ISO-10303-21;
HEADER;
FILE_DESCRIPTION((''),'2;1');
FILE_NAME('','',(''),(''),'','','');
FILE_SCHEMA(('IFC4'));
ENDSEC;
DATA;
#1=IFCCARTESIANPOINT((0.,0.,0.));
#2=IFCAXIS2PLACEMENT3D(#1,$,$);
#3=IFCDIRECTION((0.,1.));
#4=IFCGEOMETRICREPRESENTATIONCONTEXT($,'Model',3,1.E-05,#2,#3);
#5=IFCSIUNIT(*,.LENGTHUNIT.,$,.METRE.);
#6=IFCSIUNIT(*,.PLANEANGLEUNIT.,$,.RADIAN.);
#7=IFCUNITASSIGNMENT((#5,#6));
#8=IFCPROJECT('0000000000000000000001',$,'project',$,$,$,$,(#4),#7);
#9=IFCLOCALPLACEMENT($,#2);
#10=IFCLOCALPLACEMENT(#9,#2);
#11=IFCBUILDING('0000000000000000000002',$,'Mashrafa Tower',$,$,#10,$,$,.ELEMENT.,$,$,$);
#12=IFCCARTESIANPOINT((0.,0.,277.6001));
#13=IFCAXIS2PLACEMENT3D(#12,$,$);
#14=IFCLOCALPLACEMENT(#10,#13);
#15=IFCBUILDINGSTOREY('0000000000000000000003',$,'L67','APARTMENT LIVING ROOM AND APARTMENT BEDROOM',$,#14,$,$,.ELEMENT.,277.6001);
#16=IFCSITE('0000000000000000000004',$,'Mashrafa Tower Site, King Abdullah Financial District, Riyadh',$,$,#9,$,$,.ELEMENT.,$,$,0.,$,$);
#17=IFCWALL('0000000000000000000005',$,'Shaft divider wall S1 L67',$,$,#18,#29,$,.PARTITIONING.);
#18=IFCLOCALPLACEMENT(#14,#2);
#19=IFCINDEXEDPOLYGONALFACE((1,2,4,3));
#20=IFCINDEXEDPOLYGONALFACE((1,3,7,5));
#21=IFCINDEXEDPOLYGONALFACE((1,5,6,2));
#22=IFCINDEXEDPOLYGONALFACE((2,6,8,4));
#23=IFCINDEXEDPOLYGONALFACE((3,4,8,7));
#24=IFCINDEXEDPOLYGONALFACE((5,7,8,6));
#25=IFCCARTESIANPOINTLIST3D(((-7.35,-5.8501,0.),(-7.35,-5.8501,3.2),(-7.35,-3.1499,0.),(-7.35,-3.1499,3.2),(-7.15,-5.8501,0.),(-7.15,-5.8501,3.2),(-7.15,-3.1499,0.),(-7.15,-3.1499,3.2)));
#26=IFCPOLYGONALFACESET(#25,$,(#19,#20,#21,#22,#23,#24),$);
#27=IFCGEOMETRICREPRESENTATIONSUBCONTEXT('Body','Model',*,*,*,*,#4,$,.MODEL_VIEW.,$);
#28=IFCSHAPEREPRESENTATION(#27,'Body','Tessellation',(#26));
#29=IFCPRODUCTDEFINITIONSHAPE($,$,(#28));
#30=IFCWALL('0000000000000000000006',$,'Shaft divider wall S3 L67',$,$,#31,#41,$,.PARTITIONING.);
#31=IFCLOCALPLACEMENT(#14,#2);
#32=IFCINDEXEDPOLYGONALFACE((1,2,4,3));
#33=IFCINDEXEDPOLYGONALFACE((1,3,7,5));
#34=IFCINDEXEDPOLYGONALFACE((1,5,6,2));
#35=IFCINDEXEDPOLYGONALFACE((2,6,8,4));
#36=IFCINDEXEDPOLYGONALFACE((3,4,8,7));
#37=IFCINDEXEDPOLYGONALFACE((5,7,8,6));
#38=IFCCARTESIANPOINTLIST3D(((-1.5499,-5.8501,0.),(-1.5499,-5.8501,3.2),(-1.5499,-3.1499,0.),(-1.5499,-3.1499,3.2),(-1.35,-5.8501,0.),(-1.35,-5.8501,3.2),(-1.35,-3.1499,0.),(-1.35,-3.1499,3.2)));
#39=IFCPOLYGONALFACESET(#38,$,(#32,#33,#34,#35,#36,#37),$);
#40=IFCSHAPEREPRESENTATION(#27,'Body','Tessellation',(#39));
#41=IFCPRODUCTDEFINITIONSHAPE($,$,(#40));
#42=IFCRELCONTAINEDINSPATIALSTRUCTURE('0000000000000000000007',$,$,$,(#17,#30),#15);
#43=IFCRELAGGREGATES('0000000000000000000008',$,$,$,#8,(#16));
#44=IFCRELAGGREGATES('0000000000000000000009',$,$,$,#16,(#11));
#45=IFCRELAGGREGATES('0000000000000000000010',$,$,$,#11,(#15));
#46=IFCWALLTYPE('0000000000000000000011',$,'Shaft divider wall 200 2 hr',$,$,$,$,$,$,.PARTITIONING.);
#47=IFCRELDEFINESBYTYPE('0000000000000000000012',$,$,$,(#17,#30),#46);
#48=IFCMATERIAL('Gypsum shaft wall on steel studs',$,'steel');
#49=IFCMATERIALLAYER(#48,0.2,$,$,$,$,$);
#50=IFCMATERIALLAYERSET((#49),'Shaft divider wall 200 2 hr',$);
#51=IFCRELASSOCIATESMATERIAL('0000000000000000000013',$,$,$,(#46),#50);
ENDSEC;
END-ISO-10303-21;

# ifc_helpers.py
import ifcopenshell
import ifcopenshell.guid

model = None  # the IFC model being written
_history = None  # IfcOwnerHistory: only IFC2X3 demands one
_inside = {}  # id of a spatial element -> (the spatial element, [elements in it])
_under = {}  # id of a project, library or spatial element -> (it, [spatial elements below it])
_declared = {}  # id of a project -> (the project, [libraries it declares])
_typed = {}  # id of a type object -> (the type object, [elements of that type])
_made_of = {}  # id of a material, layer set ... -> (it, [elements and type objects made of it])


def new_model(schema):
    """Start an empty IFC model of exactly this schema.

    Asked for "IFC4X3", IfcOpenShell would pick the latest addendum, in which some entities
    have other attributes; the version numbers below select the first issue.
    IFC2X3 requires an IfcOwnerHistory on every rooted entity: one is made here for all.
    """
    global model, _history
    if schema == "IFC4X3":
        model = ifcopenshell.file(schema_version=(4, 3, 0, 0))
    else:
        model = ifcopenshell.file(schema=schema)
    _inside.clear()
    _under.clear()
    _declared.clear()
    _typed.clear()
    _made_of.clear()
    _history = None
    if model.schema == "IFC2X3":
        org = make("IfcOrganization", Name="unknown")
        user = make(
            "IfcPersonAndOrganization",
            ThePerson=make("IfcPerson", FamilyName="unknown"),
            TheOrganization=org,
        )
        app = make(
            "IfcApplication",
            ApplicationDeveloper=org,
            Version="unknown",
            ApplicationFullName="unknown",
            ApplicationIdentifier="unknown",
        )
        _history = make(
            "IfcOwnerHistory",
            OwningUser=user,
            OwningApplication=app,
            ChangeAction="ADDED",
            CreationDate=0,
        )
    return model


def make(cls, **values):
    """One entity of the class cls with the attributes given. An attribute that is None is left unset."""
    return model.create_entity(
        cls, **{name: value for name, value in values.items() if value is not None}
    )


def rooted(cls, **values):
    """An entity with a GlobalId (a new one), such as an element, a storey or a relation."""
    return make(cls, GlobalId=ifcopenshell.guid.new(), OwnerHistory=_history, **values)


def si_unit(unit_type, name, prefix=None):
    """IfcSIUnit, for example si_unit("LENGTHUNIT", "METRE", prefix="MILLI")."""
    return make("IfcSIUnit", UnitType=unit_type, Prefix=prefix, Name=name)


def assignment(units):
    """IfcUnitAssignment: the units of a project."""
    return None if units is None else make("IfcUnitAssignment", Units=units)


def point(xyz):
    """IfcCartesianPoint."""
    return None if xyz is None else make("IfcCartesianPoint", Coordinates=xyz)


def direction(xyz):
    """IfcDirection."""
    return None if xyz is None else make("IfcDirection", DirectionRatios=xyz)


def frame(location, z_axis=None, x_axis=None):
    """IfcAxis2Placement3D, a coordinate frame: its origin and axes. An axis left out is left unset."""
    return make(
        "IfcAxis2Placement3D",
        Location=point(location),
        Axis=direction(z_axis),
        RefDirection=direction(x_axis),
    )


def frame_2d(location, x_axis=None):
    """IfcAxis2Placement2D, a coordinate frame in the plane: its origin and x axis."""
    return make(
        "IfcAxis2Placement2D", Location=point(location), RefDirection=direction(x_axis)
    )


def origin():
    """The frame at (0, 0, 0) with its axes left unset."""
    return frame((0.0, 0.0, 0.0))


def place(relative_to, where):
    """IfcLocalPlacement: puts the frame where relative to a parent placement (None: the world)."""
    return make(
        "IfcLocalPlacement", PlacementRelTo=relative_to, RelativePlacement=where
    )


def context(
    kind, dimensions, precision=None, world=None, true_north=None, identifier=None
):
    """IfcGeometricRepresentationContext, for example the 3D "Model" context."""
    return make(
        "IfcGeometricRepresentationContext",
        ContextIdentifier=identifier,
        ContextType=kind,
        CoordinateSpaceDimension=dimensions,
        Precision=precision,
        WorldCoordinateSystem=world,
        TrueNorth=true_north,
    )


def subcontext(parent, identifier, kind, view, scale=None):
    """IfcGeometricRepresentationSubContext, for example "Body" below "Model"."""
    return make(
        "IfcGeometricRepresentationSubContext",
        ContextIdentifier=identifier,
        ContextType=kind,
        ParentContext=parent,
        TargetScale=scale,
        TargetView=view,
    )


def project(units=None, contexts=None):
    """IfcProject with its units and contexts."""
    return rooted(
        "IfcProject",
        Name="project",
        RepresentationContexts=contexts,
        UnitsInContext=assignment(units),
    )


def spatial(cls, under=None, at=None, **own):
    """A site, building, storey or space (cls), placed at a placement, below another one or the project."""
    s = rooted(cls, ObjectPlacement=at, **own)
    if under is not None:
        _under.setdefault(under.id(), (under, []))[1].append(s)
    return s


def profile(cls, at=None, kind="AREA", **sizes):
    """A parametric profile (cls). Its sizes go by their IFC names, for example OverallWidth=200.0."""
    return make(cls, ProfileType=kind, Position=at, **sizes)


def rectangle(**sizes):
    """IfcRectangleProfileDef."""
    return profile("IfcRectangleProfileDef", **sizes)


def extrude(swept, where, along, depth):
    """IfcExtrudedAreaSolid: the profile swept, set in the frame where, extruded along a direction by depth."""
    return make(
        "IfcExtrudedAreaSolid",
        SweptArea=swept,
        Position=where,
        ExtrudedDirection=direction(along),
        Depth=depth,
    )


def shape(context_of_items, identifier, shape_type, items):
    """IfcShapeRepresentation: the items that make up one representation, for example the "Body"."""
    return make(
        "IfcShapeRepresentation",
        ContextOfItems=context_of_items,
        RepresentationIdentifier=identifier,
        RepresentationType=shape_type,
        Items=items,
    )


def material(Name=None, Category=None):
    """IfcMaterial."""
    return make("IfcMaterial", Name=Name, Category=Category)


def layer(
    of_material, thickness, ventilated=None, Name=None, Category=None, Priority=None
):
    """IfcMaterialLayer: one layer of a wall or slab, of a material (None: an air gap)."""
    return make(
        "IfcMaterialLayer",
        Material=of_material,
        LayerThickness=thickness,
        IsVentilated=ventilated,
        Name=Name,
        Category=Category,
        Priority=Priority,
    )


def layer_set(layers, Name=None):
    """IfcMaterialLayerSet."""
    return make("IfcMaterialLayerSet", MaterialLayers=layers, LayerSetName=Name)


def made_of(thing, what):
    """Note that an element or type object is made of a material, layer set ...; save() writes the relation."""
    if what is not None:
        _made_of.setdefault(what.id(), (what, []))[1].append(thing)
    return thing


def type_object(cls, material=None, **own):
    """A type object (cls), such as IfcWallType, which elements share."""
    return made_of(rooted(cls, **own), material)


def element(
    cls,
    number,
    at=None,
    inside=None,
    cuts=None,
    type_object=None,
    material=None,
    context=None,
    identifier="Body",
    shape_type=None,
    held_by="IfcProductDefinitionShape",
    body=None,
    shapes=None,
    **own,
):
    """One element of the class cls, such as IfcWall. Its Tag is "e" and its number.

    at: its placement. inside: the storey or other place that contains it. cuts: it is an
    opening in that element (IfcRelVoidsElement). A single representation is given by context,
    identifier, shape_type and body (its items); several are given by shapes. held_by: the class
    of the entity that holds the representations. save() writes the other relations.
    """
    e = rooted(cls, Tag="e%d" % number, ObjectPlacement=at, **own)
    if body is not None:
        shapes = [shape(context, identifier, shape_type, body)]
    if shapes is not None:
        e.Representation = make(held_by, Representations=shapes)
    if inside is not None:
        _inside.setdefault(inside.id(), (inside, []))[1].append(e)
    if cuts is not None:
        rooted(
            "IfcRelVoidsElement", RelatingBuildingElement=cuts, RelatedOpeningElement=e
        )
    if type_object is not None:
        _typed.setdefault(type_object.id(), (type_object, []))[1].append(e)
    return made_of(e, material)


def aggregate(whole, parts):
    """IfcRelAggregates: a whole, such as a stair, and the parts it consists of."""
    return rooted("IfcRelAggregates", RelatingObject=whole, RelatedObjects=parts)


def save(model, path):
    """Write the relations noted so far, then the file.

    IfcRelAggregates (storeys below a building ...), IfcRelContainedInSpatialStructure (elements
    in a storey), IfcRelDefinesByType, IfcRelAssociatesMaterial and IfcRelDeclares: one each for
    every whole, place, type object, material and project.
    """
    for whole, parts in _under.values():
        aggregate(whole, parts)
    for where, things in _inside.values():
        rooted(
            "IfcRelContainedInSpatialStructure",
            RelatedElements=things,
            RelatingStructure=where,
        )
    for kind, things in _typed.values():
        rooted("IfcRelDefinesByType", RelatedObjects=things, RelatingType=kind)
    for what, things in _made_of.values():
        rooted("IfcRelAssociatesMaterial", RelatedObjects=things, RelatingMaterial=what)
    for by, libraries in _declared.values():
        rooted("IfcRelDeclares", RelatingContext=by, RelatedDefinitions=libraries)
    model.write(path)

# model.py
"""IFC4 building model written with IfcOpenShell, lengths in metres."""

from ifc_helpers import new_model, si_unit, direction, frame, frame_2d, origin, place, context, subcontext, project, spatial, rectangle, extrude, material, layer, layer_set, type_object, element, save


model = new_model("IFC4")

# Units and contexts
model_context = context("Model", 3, precision=1e-05, world=origin(), true_north=direction((0.0, 1.0)))
body_context = subcontext(model_context, "Body", "Model", "MODEL_VIEW")
ifc_project = project(units=[si_unit("LENGTHUNIT", "METRE"), si_unit("PLANEANGLEUNIT", "RADIAN")], contexts=[model_context])

# Site, building, storey
site_placement = place(None, origin())
site = spatial("IfcSite", under=ifc_project, at=site_placement, Name="Mashrafa Tower Site, King Abdullah Financial District, Riyadh", CompositionType="ELEMENT", RefElevation=0.0)
building_placement = place(site_placement, origin())
building = spatial("IfcBuilding", under=site, at=building_placement, Name="Mashrafa Tower", CompositionType="ELEMENT")
storey_placement = place(building_placement, frame((0.0, 0.0, 277.6001)))
storey = spatial("IfcBuildingStorey", under=building, at=storey_placement, Name="L67", Description="APARTMENT LIVING ROOM AND APARTMENT BEDROOM", CompositionType="ELEMENT", Elevation=277.6001)

# Walls
ifc_material_1 = material(Name="Gypsum shaft wall on steel studs", Category="steel")
ifc_layer_1 = layer(ifc_material_1, 0.2)
ifc_layer_set_1 = layer_set([ifc_layer_1], Name="Shaft divider wall 200 2 hr")
wall_type_1 = type_object("IfcWallType", Name="Shaft divider wall 200 2 hr", PredefinedType="PARTITIONING", material=ifc_layer_set_1)
for number, where, z_axis, x_axis, name in (
    (1, (-7.25, -5.8501, 0.0), (0.0, 0.0, 1.0), (0.0, 1.0, 0.0), "Shaft divider wall S1 L67"),
    (2, (-1.45, -5.8501, 0.0), (0.0, 0.0, 1.0), (0.0, 1.0, 0.0), "Shaft divider wall S3 L67"),
):
    element("IfcWall", number, at=place(storey_placement, frame(where, z_axis=z_axis, x_axis=x_axis)), inside=storey, type_object=wall_type_1, Name=name, PredefinedType="PARTITIONING", context=body_context, shape_type="SweptSolid", body=[
        extrude(rectangle(XDim=2.7002, YDim=0.2, at=frame_2d((1.3501, 0.0))), origin(), (0.0, 0.0, 1.0), 3.2),
    ])

save(model, "model.ifc")
